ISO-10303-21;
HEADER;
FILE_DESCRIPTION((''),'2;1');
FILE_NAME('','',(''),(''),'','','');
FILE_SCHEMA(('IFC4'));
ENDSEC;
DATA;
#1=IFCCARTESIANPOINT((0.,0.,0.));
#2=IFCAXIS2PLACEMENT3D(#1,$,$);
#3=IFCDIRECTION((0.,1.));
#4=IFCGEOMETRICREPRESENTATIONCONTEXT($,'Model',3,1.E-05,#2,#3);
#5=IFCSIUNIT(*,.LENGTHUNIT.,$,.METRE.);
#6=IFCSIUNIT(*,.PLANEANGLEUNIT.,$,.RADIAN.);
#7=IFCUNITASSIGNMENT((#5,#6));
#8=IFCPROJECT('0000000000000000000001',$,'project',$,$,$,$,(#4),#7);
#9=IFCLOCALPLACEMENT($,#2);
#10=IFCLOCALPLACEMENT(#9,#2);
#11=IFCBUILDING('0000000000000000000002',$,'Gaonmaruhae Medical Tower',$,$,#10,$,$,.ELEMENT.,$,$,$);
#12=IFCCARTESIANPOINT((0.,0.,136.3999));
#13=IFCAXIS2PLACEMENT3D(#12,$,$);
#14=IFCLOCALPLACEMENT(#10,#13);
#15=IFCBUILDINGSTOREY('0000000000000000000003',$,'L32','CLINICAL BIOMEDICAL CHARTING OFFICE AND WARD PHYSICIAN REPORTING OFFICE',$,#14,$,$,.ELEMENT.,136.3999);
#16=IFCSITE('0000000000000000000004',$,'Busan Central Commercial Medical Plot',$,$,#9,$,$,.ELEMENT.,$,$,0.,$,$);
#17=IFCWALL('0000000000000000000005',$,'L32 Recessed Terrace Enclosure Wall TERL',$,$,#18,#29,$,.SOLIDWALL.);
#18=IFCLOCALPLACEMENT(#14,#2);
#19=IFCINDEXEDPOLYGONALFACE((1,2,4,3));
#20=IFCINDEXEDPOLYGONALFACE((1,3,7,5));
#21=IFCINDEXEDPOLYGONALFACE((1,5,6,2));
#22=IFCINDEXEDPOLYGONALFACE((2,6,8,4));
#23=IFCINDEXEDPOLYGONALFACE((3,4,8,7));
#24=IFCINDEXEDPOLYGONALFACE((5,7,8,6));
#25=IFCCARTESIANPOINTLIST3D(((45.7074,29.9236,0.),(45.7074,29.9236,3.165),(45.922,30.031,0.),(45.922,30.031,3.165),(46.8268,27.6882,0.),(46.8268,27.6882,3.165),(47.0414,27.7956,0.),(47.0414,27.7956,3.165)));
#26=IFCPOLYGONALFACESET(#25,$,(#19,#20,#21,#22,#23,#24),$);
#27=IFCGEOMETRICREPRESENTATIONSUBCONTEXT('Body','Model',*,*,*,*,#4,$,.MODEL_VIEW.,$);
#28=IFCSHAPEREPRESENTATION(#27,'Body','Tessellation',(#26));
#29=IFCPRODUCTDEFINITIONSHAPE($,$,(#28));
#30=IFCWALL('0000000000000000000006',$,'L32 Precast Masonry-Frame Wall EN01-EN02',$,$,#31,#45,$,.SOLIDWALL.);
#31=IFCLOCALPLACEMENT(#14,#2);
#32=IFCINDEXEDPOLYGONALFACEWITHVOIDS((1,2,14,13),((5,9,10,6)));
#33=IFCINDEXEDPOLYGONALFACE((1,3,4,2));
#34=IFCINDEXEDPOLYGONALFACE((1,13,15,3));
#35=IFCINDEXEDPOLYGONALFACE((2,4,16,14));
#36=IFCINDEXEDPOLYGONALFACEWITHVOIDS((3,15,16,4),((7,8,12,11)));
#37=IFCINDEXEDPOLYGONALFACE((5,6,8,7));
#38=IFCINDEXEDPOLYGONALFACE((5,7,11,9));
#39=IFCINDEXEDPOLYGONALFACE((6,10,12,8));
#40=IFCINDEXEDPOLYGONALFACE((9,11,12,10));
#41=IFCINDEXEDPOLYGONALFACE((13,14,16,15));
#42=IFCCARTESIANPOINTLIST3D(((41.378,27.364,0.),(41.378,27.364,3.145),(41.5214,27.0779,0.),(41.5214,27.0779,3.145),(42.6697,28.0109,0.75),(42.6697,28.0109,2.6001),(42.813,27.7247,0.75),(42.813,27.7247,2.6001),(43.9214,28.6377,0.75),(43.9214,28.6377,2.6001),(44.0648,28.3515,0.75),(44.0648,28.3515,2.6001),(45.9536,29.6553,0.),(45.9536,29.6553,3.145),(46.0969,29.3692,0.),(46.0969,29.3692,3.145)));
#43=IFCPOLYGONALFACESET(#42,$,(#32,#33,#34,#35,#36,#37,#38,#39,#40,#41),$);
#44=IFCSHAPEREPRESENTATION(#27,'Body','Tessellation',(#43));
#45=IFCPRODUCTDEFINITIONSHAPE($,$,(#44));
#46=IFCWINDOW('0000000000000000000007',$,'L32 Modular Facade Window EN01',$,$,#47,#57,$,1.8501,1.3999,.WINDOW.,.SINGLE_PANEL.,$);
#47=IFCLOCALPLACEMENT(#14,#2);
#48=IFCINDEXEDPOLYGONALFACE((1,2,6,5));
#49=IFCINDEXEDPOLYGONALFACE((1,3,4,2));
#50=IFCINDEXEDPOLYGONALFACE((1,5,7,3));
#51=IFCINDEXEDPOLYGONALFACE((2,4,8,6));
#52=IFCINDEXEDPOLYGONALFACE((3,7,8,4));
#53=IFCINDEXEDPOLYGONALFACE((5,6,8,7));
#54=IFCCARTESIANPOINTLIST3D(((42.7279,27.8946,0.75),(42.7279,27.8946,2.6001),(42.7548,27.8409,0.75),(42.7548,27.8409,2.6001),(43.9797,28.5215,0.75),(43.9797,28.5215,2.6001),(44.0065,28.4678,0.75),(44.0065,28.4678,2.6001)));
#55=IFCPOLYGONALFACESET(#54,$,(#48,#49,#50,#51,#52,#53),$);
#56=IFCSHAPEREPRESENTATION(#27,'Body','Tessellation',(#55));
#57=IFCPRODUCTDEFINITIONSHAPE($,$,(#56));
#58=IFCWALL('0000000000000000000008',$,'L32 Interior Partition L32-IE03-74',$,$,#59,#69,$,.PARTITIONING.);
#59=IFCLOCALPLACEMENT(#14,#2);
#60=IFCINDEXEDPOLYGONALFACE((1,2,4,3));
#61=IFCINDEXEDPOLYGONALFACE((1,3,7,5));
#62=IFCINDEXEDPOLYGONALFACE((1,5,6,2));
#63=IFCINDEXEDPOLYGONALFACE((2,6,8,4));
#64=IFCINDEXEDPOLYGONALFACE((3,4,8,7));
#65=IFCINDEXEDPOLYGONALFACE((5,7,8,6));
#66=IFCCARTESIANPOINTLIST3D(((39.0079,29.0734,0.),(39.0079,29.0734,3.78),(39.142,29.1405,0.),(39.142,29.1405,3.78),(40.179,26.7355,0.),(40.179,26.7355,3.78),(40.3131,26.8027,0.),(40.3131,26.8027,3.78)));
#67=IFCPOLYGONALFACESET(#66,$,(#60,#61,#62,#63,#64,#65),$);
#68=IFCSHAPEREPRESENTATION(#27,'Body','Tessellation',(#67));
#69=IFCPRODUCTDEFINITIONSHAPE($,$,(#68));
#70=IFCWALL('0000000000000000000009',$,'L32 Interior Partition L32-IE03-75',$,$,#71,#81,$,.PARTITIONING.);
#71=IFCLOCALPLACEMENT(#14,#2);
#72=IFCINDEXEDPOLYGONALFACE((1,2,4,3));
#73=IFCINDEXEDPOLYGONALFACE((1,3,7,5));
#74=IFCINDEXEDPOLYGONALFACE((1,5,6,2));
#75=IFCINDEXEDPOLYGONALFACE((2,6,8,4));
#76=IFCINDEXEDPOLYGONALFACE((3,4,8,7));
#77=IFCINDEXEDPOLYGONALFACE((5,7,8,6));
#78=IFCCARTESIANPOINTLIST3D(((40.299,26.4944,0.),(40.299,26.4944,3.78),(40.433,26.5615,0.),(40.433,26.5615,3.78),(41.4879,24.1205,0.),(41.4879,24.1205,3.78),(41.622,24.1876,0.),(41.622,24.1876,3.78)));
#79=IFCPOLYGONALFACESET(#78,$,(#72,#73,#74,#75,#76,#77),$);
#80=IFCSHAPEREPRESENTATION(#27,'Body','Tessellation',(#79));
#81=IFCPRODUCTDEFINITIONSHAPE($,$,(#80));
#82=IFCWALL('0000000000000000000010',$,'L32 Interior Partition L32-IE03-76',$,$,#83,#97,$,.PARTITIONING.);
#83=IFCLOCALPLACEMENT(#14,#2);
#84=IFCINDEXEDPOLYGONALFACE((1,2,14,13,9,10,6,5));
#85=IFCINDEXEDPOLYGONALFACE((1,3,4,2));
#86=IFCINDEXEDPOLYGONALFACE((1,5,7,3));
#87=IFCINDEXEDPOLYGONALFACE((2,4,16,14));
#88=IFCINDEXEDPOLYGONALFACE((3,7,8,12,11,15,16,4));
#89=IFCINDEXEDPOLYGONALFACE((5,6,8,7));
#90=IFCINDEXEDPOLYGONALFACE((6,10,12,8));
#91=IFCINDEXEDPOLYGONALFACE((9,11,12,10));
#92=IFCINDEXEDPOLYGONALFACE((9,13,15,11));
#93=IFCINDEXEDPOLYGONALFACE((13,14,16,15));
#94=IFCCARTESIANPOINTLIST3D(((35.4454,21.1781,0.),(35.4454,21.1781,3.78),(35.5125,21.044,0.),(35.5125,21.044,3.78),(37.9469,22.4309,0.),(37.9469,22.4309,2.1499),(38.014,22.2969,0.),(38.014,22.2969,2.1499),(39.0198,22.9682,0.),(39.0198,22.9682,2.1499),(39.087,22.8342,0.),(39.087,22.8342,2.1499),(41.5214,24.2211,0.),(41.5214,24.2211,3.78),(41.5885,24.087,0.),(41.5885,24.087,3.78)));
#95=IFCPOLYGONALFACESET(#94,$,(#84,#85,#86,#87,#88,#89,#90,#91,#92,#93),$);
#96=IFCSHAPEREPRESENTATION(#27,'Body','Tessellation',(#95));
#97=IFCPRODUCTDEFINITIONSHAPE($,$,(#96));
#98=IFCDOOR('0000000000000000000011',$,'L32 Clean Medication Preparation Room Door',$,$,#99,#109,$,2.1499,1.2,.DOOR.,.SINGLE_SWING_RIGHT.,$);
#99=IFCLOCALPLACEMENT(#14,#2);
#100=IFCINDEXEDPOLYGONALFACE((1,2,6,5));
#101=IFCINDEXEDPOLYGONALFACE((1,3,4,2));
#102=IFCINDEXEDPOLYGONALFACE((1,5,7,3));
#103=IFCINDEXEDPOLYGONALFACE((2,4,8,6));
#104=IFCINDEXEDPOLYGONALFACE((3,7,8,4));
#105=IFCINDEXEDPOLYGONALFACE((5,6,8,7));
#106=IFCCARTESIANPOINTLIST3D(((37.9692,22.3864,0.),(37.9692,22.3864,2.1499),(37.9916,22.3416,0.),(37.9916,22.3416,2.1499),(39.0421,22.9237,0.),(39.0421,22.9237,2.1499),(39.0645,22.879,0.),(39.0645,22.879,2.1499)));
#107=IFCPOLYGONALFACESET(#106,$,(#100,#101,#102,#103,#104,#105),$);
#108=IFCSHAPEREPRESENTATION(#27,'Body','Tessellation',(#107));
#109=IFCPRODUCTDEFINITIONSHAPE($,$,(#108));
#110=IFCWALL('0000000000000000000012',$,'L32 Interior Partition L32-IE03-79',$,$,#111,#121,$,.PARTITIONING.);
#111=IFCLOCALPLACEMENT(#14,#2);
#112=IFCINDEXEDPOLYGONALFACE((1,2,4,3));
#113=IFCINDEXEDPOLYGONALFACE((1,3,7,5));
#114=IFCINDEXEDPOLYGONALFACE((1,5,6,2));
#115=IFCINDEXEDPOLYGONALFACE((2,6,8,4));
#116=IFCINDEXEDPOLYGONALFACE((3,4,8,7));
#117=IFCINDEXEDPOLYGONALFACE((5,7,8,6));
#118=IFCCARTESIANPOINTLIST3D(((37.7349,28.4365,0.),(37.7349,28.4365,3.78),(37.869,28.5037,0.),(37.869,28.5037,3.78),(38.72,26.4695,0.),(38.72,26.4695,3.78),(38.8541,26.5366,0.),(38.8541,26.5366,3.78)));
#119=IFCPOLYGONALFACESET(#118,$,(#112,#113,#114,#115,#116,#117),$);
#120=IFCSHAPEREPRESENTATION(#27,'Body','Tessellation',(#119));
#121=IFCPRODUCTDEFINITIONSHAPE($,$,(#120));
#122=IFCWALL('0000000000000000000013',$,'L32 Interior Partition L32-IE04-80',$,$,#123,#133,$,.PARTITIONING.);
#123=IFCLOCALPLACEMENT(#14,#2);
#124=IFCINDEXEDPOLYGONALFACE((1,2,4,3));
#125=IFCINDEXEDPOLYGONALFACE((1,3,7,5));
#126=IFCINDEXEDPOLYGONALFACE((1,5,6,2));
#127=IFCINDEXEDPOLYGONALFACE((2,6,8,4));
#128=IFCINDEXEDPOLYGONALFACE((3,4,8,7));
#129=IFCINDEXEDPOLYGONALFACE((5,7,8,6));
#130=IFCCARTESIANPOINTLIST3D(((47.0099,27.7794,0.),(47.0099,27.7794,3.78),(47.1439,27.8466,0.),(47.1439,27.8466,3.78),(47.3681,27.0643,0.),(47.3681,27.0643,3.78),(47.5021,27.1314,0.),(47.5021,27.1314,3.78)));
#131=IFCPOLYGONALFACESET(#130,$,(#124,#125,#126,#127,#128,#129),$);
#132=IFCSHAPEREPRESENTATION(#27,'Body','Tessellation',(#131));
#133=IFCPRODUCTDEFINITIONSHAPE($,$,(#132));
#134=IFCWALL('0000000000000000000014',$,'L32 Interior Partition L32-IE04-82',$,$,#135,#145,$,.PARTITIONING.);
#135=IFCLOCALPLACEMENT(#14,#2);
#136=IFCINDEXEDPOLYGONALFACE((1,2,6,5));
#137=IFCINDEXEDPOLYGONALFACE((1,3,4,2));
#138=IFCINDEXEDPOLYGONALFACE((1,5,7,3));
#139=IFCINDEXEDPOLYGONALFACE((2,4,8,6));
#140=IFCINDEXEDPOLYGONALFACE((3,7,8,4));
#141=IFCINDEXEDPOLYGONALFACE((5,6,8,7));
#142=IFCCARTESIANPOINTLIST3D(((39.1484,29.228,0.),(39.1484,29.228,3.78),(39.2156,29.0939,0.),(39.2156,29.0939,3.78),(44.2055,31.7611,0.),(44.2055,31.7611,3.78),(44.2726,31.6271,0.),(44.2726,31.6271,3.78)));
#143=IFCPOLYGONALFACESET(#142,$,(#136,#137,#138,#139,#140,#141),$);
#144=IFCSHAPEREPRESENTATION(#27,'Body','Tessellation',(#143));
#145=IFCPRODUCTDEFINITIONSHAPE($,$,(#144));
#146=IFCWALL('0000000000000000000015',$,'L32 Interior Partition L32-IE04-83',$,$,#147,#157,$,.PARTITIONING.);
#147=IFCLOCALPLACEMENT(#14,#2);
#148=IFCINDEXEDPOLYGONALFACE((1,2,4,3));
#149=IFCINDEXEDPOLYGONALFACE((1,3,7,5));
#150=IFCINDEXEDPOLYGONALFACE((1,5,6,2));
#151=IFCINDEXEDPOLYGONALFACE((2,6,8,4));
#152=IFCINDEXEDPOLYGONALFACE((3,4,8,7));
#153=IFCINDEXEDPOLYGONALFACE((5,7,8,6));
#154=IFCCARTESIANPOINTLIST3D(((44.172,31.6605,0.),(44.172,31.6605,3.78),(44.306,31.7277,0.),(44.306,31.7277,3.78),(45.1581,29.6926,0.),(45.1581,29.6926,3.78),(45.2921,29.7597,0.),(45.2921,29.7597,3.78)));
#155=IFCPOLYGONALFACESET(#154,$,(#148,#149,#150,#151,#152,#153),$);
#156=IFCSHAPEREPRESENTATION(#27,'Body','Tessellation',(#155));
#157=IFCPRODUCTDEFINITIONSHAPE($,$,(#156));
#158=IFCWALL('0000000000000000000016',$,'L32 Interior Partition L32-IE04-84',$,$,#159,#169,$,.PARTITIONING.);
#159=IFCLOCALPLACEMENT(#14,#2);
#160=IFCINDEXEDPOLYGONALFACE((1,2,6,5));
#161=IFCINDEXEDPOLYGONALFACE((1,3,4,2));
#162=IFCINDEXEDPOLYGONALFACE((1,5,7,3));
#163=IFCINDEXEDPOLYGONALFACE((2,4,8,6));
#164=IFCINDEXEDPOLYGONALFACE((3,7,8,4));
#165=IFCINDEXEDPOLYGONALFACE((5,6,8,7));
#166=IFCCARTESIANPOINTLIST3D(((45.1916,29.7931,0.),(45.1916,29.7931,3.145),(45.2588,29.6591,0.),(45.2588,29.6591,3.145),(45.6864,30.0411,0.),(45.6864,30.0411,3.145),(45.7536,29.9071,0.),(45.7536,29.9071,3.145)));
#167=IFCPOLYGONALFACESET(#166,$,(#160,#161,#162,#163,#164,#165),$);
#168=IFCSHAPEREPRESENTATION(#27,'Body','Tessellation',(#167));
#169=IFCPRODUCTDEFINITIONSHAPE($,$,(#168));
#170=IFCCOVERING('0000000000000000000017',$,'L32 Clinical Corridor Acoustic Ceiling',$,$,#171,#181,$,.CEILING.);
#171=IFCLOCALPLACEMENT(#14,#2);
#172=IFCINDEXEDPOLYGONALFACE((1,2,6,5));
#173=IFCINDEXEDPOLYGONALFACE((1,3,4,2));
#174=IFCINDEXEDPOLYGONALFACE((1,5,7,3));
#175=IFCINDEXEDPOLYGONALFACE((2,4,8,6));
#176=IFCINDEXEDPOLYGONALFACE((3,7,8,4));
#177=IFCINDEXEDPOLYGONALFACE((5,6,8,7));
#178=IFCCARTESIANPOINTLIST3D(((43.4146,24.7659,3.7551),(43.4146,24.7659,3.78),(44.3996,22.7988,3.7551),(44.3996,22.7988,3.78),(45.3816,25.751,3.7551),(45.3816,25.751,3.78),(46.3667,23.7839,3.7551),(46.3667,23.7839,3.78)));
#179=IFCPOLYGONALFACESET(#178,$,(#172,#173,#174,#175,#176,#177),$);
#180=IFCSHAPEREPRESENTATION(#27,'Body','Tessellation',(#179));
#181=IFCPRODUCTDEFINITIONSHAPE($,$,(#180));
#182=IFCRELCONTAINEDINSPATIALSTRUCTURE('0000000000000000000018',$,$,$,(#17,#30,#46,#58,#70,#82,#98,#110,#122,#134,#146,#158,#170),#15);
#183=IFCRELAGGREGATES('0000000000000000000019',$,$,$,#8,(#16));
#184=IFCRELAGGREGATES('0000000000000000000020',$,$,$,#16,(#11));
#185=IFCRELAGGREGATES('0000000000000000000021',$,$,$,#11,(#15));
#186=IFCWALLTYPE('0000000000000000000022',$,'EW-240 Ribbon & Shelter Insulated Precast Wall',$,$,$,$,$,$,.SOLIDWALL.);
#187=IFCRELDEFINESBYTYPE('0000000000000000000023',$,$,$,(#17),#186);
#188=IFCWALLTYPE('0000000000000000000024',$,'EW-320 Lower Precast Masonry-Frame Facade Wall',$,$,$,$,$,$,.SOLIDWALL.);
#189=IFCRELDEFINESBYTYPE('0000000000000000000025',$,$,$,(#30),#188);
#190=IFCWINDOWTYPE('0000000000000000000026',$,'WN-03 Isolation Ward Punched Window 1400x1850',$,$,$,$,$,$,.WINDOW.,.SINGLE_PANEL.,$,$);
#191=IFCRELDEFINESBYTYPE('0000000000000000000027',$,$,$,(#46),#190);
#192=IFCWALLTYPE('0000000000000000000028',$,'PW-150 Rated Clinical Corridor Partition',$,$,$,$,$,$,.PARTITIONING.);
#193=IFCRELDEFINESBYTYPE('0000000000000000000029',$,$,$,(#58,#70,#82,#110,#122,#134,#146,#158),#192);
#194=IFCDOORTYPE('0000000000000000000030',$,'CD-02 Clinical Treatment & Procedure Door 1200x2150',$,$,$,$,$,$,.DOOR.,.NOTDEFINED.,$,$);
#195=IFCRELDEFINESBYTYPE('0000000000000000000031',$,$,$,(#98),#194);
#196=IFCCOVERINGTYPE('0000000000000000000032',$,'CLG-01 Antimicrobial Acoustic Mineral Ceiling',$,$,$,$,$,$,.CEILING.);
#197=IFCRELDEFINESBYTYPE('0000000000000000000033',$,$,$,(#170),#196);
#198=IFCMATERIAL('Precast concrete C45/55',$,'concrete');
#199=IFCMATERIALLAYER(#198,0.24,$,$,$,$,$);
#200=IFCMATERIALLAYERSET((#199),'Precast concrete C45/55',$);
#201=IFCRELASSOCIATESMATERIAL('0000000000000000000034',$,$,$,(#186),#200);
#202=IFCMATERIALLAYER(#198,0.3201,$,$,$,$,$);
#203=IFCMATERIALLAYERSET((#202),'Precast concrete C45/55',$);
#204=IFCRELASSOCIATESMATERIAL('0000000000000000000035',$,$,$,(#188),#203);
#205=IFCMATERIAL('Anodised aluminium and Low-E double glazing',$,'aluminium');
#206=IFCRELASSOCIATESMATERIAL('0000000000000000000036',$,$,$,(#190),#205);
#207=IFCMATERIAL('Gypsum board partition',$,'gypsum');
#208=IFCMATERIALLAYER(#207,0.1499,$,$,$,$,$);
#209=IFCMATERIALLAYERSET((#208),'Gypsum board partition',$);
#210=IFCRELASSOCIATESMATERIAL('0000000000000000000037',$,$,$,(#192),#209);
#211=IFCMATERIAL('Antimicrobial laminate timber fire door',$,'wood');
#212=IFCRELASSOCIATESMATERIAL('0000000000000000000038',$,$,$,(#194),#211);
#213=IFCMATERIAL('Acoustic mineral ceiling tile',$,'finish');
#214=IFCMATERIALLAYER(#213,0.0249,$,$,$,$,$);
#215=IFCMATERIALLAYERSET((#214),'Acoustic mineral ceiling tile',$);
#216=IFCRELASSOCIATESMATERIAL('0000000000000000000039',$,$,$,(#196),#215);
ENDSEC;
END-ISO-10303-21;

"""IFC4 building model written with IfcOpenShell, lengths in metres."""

from ifc_helpers import new_model, si_unit, direction, frame, frame_2d, origin, origin_2d, place, context, subcontext, project, spatial, rectangle, extrude, material, layer, layer_set, type_object, element, fill, save


model = new_model("IFC4")

# Units and contexts
model_context = context("Model", 3, precision=1e-05, world=origin(), true_north=direction((0.0, 1.0)))
body_context = subcontext(model_context, "Body", "Model", "MODEL_VIEW")
ifc_project = project(units=[si_unit("LENGTHUNIT", "METRE"), si_unit("PLANEANGLEUNIT", "RADIAN")], contexts=[model_context])

# Site, building, storey
site_placement = place(None, origin())
site = spatial("IfcSite", under=ifc_project, at=site_placement, Name="Busan Central Commercial Medical Plot", CompositionType="ELEMENT", RefElevation=0.0)
building_placement = place(site_placement, origin())
building = spatial("IfcBuilding", under=site, at=building_placement, Name="Gaonmaruhae Medical Tower", CompositionType="ELEMENT")
storey_placement = place(building_placement, frame((0.0, 0.0, 136.3999)))
storey = spatial("IfcBuildingStorey", under=building, at=storey_placement, Name="L32", Description="CLINICAL BIOMEDICAL CHARTING OFFICE AND WARD PHYSICIAN REPORTING OFFICE", CompositionType="ELEMENT", Elevation=136.3999)

# Shared definitions
ifc_material_1 = material(Name="Precast concrete C45/55", Category="concrete")
ifc_layer_1 = layer(ifc_material_1, 0.24)
ifc_layer_set_1 = layer_set([ifc_layer_1], Name="Precast concrete C45/55")
wall_type_1 = type_object("IfcWallType", Name="EW-240 Ribbon & Shelter Insulated Precast Wall", PredefinedType="SOLIDWALL", material=ifc_layer_set_1)

# Wall
wall_1_placement = place(storey_placement, frame((45.8147, 29.9773, 0.0), z_axis=(0.0, 0.0, 1.0), x_axis=(0.44776, -0.894154, 0.0)))
element("IfcWall", 1, at=wall_1_placement, inside=storey, type_object=wall_type_1, Name="L32 Recessed Terrace Enclosure Wall TERL", PredefinedType="SOLIDWALL", context=body_context, shape_type="SweptSolid", body=[
    extrude(rectangle(XDim=2.5, YDim=0.24, at=frame_2d((1.25, 0.0))), origin(), (0.0, 0.0, 1.0), 3.165),
])

# Wall, opening, window
ifc_layer_2 = layer(ifc_material_1, 0.3201)
ifc_layer_set_2 = layer_set([ifc_layer_2], Name="Precast concrete C45/55")
wall_type_2 = type_object("IfcWallType", Name="EW-320 Lower Precast Masonry-Frame Facade Wall", PredefinedType="SOLIDWALL", material=ifc_layer_set_2)
wall_2_placement = place(storey_placement, frame((41.4497, 27.2209, 0.0), z_axis=(0.0, 0.0, 1.0), x_axis=(0.89415, 0.447767, 0.0)))
wall_2 = element("IfcWall", 2, at=wall_2_placement, inside=storey, type_object=wall_type_2, Name="L32 Precast Masonry-Frame Wall EN01-EN02", PredefinedType="SOLIDWALL", context=body_context, shape_type="SweptSolid", body=[
    extrude(rectangle(XDim=5.1172, YDim=0.3201, at=frame_2d((2.5586, 0.0))), origin(), (0.0, 0.0, 1.0), 3.145),
])
opening_1_placement = place(wall_2_placement, frame((1.4446, 0.0, 0.75)))
opening_1 = element("IfcOpeningElement", 3, at=opening_1_placement, cuts=wall_2, PredefinedType="OPENING", context=body_context, shape_type="SweptSolid", body=[
    extrude(rectangle(XDim=1.3999, YDim=1.8501, at=frame_2d((0.7, 0.925))), frame((0.0, 0.1699, 0.0), z_axis=(0.0, -1.0, 0.0), x_axis=(1.0, 0.0, 0.0)), (0.0, 0.0, 1.0), 0.3401),
])
ifc_material_2 = material(Name="Anodised aluminium and Low-E double glazing", Category="aluminium")
window_type = type_object("IfcWindowType", Name="WN-03 Isolation Ward Punched Window 1400x1850", PartitioningType="SINGLE_PANEL", PredefinedType="WINDOW", material=ifc_material_2)
window_placement = place(opening_1_placement, origin())
window = element("IfcWindow", 4, at=window_placement, inside=storey, type_object=window_type, Name="L32 Modular Facade Window EN01", OverallHeight=1.8501, OverallWidth=1.3999, PartitioningType="SINGLE_PANEL", PredefinedType="WINDOW", context=body_context, shape_type="SweptSolid", body=[
    extrude(rectangle(XDim=1.3999, YDim=1.8501, at=frame_2d((0.7, 0.925))), frame((0.0, 0.03, 0.0), z_axis=(0.0, -1.0, 0.0), x_axis=(1.0, 0.0, 0.0)), (0.0, 0.0, 1.0), 0.0601),
])
fill(opening_1, window)

# Shared definitions
ifc_material_3 = material(Name="Gypsum board partition", Category="gypsum")
ifc_layer_3 = layer(ifc_material_3, 0.1499)
ifc_layer_set_3 = layer_set([ifc_layer_3], Name="Gypsum board partition")
wall_type_3 = type_object("IfcWallType", Name="PW-150 Rated Clinical Corridor Partition", PredefinedType="PARTITIONING", material=ifc_layer_set_3)
ifc_material_4 = material(Name="Antimicrobial laminate timber fire door", Category="wood")
door_type_1 = type_object("IfcDoorType", Name="CD-02 Clinical Treatment & Procedure Door 1200x2150", OperationType="NOTDEFINED", PredefinedType="DOOR", material=ifc_material_4)

# Walls
wall_3_placement = place(storey_placement, frame((39.075, 29.1069, 0.0), z_axis=(0.0, 0.0, 1.0), x_axis=(0.447886, -0.894091, 0.0)))
element("IfcWall", 5, at=wall_3_placement, inside=storey, type_object=wall_type_3, Name="L32 Interior Partition L32-IE03-74", PredefinedType="PARTITIONING", context=body_context, shape_type="SweptSolid", body=[
    extrude(rectangle(XDim=2.6147, YDim=0.1499, at=frame_2d((1.3074, 0.0))), origin(), (0.0, 0.0, 1.0), 3.78),
])
wall_4_placement = place(storey_placement, frame((40.366, 26.5281, 0.0), z_axis=(0.0, 0.0, 1.0), x_axis=(0.447802, -0.894133, 0.0)))
element("IfcWall", 6, at=wall_4_placement, inside=storey, type_object=wall_type_3, Name="L32 Interior Partition L32-IE03-75", PredefinedType="PARTITIONING", context=body_context, shape_type="SweptSolid", body=[
    extrude(rectangle(XDim=2.655, YDim=0.1499, at=frame_2d((1.3276, 0.0))), origin(), (0.0, 0.0, 1.0), 3.78),
])

# Wall, opening, door
wall_5_placement = place(storey_placement, frame((41.5549, 24.1541, 0.0), z_axis=(0.0, 0.0, 1.0), x_axis=(-0.894132, -0.447803, 0.0)))
wall_5 = element("IfcWall", 7, at=wall_5_placement, inside=storey, type_object=wall_type_3, Name="L32 Interior Partition L32-IE03-76", PredefinedType="PARTITIONING", context=body_context, shape_type="SweptSolid", body=[
    extrude(rectangle(XDim=6.7954, YDim=0.1499, at=frame_2d((3.3977, 0.0))), origin(), (0.0, 0.0, 1.0), 3.78),
])
opening_2_placement = place(wall_5_placement, frame((2.7976, 0.0, 0.0)))
opening_2 = element("IfcOpeningElement", 8, at=opening_2_placement, cuts=wall_5, PredefinedType="OPENING", context=body_context, shape_type="SweptSolid", body=[
    extrude(rectangle(XDim=1.2, YDim=2.1499, at=frame_2d((0.6001, 1.075))), frame((0.0, 0.085, 0.0), z_axis=(0.0, -1.0, 0.0), x_axis=(1.0, 0.0, 0.0)), (0.0, 0.0, 1.0), 0.1699),
])
door_1_placement = place(opening_2_placement, origin())
door_1 = element("IfcDoor", 9, at=door_1_placement, inside=storey, type_object=door_type_1, Name="L32 Clean Medication Preparation Room Door", OperationType="SINGLE_SWING_RIGHT", OverallHeight=2.1499, OverallWidth=1.2, PredefinedType="DOOR", context=body_context, shape_type="SweptSolid", body=[
    extrude(rectangle(XDim=1.2, YDim=2.1499, at=frame_2d((0.6001, 1.075))), frame((0.0, 0.0249, 0.0), z_axis=(0.0, -1.0, 0.0), x_axis=(1.0, 0.0, 0.0)), (0.0, 0.0, 1.0), 0.05),
])
fill(opening_2, door_1)

# Walls
wall_6_placement = place(storey_placement, frame((38.7871, 26.5029, 0.0), z_axis=(0.0, 0.0, 1.0), x_axis=(-0.447791, 0.894138, 0.0)))
element("IfcWall", 10, at=wall_6_placement, inside=storey, type_object=wall_type_3, Name="L32 Interior Partition L32-IE03-79", PredefinedType="PARTITIONING", context=body_context, shape_type="SweptSolid", body=[
    extrude(rectangle(XDim=2.2, YDim=0.1499, at=frame_2d((1.1001, 0.0))), origin(), (0.0, 0.0, 1.0), 3.78),
])
wall_7_placement = place(storey_placement, frame((47.0769, 27.813, 0.0), z_axis=(0.0, 0.0, 1.0), x_axis=(0.447824, -0.894122, 0.0)))
element("IfcWall", 11, at=wall_7_placement, inside=storey, type_object=wall_type_3, Name="L32 Interior Partition L32-IE04-80", PredefinedType="PARTITIONING", context=body_context, shape_type="SweptSolid", body=[
    extrude(rectangle(XDim=0.7998, YDim=0.1499, at=frame_2d((0.3999, 0.0))), origin(), (0.0, 0.0, 1.0), 3.78),
])
wall_8_placement = place(storey_placement, frame((39.1819, 29.1609, 0.0), z_axis=(0.0, 0.0, 1.0), x_axis=(0.894099, 0.44787, 0.0)))
element("IfcWall", 12, at=wall_8_placement, inside=storey, type_object=wall_type_3, Name="L32 Interior Partition L32-IE04-82", PredefinedType="PARTITIONING", context=body_context, shape_type="SweptSolid", body=[
    extrude(rectangle(XDim=5.656, YDim=0.1499, at=frame_2d((2.8281, 0.0))), origin(), (0.0, 0.0, 1.0), 3.78),
])
wall_9_placement = place(storey_placement, frame((44.239, 31.6941, 0.0), z_axis=(0.0, 0.0, 1.0), x_axis=(0.447968, -0.89405, 0.0)))
element("IfcWall", 13, at=wall_9_placement, inside=storey, type_object=wall_type_3, Name="L32 Interior Partition L32-IE04-83", PredefinedType="PARTITIONING", context=body_context, shape_type="SweptSolid", body=[
    extrude(rectangle(XDim=2.2012, YDim=0.1499, at=frame_2d((1.1006, 0.0))), origin(), (0.0, 0.0, 1.0), 3.78),
])
wall_10_placement = place(storey_placement, frame((45.2251, 29.7261, 0.0), z_axis=(0.0, 0.0, 1.0), x_axis=(0.893986, 0.448095, 0.0)))
element("IfcWall", 14, at=wall_10_placement, inside=storey, type_object=wall_type_3, Name="L32 Interior Partition L32-IE04-84", PredefinedType="PARTITIONING", context=body_context, shape_type="SweptSolid", body=[
    extrude(rectangle(XDim=0.5535, YDim=0.1499, at=frame_2d((0.2769, 0.0))), origin(), (0.0, 0.0, 1.0), 3.145),
])

# Covering
ifc_material_5 = material(Name="Acoustic mineral ceiling tile", Category="finish")
ifc_layer_4 = layer(ifc_material_5, 0.0249)
ifc_layer_set_4 = layer_set([ifc_layer_4], Name="Acoustic mineral ceiling tile")
covering_type_1 = type_object("IfcCoveringType", Name="CLG-01 Antimicrobial Acoustic Mineral Ceiling", PredefinedType="CEILING", material=ifc_layer_set_4)
covering_1_placement = place(storey_placement, frame((44.8906, 24.2749, 3.7551), z_axis=(0.0, 0.0, 1.0), x_axis=(0.894154, 0.447759, 0.0)))
element("IfcCovering", 15, at=covering_1_placement, inside=storey, type_object=covering_type_1, Name="L32 Clinical Corridor Acoustic Ceiling", PredefinedType="CEILING", context=body_context, shape_type="SweptSolid", body=[
    extrude(rectangle(XDim=2.2, YDim=2.2, at=origin_2d()), origin(), (0.0, 0.0, 1.0), 0.0249),
])

save(model, "model.ifc")
